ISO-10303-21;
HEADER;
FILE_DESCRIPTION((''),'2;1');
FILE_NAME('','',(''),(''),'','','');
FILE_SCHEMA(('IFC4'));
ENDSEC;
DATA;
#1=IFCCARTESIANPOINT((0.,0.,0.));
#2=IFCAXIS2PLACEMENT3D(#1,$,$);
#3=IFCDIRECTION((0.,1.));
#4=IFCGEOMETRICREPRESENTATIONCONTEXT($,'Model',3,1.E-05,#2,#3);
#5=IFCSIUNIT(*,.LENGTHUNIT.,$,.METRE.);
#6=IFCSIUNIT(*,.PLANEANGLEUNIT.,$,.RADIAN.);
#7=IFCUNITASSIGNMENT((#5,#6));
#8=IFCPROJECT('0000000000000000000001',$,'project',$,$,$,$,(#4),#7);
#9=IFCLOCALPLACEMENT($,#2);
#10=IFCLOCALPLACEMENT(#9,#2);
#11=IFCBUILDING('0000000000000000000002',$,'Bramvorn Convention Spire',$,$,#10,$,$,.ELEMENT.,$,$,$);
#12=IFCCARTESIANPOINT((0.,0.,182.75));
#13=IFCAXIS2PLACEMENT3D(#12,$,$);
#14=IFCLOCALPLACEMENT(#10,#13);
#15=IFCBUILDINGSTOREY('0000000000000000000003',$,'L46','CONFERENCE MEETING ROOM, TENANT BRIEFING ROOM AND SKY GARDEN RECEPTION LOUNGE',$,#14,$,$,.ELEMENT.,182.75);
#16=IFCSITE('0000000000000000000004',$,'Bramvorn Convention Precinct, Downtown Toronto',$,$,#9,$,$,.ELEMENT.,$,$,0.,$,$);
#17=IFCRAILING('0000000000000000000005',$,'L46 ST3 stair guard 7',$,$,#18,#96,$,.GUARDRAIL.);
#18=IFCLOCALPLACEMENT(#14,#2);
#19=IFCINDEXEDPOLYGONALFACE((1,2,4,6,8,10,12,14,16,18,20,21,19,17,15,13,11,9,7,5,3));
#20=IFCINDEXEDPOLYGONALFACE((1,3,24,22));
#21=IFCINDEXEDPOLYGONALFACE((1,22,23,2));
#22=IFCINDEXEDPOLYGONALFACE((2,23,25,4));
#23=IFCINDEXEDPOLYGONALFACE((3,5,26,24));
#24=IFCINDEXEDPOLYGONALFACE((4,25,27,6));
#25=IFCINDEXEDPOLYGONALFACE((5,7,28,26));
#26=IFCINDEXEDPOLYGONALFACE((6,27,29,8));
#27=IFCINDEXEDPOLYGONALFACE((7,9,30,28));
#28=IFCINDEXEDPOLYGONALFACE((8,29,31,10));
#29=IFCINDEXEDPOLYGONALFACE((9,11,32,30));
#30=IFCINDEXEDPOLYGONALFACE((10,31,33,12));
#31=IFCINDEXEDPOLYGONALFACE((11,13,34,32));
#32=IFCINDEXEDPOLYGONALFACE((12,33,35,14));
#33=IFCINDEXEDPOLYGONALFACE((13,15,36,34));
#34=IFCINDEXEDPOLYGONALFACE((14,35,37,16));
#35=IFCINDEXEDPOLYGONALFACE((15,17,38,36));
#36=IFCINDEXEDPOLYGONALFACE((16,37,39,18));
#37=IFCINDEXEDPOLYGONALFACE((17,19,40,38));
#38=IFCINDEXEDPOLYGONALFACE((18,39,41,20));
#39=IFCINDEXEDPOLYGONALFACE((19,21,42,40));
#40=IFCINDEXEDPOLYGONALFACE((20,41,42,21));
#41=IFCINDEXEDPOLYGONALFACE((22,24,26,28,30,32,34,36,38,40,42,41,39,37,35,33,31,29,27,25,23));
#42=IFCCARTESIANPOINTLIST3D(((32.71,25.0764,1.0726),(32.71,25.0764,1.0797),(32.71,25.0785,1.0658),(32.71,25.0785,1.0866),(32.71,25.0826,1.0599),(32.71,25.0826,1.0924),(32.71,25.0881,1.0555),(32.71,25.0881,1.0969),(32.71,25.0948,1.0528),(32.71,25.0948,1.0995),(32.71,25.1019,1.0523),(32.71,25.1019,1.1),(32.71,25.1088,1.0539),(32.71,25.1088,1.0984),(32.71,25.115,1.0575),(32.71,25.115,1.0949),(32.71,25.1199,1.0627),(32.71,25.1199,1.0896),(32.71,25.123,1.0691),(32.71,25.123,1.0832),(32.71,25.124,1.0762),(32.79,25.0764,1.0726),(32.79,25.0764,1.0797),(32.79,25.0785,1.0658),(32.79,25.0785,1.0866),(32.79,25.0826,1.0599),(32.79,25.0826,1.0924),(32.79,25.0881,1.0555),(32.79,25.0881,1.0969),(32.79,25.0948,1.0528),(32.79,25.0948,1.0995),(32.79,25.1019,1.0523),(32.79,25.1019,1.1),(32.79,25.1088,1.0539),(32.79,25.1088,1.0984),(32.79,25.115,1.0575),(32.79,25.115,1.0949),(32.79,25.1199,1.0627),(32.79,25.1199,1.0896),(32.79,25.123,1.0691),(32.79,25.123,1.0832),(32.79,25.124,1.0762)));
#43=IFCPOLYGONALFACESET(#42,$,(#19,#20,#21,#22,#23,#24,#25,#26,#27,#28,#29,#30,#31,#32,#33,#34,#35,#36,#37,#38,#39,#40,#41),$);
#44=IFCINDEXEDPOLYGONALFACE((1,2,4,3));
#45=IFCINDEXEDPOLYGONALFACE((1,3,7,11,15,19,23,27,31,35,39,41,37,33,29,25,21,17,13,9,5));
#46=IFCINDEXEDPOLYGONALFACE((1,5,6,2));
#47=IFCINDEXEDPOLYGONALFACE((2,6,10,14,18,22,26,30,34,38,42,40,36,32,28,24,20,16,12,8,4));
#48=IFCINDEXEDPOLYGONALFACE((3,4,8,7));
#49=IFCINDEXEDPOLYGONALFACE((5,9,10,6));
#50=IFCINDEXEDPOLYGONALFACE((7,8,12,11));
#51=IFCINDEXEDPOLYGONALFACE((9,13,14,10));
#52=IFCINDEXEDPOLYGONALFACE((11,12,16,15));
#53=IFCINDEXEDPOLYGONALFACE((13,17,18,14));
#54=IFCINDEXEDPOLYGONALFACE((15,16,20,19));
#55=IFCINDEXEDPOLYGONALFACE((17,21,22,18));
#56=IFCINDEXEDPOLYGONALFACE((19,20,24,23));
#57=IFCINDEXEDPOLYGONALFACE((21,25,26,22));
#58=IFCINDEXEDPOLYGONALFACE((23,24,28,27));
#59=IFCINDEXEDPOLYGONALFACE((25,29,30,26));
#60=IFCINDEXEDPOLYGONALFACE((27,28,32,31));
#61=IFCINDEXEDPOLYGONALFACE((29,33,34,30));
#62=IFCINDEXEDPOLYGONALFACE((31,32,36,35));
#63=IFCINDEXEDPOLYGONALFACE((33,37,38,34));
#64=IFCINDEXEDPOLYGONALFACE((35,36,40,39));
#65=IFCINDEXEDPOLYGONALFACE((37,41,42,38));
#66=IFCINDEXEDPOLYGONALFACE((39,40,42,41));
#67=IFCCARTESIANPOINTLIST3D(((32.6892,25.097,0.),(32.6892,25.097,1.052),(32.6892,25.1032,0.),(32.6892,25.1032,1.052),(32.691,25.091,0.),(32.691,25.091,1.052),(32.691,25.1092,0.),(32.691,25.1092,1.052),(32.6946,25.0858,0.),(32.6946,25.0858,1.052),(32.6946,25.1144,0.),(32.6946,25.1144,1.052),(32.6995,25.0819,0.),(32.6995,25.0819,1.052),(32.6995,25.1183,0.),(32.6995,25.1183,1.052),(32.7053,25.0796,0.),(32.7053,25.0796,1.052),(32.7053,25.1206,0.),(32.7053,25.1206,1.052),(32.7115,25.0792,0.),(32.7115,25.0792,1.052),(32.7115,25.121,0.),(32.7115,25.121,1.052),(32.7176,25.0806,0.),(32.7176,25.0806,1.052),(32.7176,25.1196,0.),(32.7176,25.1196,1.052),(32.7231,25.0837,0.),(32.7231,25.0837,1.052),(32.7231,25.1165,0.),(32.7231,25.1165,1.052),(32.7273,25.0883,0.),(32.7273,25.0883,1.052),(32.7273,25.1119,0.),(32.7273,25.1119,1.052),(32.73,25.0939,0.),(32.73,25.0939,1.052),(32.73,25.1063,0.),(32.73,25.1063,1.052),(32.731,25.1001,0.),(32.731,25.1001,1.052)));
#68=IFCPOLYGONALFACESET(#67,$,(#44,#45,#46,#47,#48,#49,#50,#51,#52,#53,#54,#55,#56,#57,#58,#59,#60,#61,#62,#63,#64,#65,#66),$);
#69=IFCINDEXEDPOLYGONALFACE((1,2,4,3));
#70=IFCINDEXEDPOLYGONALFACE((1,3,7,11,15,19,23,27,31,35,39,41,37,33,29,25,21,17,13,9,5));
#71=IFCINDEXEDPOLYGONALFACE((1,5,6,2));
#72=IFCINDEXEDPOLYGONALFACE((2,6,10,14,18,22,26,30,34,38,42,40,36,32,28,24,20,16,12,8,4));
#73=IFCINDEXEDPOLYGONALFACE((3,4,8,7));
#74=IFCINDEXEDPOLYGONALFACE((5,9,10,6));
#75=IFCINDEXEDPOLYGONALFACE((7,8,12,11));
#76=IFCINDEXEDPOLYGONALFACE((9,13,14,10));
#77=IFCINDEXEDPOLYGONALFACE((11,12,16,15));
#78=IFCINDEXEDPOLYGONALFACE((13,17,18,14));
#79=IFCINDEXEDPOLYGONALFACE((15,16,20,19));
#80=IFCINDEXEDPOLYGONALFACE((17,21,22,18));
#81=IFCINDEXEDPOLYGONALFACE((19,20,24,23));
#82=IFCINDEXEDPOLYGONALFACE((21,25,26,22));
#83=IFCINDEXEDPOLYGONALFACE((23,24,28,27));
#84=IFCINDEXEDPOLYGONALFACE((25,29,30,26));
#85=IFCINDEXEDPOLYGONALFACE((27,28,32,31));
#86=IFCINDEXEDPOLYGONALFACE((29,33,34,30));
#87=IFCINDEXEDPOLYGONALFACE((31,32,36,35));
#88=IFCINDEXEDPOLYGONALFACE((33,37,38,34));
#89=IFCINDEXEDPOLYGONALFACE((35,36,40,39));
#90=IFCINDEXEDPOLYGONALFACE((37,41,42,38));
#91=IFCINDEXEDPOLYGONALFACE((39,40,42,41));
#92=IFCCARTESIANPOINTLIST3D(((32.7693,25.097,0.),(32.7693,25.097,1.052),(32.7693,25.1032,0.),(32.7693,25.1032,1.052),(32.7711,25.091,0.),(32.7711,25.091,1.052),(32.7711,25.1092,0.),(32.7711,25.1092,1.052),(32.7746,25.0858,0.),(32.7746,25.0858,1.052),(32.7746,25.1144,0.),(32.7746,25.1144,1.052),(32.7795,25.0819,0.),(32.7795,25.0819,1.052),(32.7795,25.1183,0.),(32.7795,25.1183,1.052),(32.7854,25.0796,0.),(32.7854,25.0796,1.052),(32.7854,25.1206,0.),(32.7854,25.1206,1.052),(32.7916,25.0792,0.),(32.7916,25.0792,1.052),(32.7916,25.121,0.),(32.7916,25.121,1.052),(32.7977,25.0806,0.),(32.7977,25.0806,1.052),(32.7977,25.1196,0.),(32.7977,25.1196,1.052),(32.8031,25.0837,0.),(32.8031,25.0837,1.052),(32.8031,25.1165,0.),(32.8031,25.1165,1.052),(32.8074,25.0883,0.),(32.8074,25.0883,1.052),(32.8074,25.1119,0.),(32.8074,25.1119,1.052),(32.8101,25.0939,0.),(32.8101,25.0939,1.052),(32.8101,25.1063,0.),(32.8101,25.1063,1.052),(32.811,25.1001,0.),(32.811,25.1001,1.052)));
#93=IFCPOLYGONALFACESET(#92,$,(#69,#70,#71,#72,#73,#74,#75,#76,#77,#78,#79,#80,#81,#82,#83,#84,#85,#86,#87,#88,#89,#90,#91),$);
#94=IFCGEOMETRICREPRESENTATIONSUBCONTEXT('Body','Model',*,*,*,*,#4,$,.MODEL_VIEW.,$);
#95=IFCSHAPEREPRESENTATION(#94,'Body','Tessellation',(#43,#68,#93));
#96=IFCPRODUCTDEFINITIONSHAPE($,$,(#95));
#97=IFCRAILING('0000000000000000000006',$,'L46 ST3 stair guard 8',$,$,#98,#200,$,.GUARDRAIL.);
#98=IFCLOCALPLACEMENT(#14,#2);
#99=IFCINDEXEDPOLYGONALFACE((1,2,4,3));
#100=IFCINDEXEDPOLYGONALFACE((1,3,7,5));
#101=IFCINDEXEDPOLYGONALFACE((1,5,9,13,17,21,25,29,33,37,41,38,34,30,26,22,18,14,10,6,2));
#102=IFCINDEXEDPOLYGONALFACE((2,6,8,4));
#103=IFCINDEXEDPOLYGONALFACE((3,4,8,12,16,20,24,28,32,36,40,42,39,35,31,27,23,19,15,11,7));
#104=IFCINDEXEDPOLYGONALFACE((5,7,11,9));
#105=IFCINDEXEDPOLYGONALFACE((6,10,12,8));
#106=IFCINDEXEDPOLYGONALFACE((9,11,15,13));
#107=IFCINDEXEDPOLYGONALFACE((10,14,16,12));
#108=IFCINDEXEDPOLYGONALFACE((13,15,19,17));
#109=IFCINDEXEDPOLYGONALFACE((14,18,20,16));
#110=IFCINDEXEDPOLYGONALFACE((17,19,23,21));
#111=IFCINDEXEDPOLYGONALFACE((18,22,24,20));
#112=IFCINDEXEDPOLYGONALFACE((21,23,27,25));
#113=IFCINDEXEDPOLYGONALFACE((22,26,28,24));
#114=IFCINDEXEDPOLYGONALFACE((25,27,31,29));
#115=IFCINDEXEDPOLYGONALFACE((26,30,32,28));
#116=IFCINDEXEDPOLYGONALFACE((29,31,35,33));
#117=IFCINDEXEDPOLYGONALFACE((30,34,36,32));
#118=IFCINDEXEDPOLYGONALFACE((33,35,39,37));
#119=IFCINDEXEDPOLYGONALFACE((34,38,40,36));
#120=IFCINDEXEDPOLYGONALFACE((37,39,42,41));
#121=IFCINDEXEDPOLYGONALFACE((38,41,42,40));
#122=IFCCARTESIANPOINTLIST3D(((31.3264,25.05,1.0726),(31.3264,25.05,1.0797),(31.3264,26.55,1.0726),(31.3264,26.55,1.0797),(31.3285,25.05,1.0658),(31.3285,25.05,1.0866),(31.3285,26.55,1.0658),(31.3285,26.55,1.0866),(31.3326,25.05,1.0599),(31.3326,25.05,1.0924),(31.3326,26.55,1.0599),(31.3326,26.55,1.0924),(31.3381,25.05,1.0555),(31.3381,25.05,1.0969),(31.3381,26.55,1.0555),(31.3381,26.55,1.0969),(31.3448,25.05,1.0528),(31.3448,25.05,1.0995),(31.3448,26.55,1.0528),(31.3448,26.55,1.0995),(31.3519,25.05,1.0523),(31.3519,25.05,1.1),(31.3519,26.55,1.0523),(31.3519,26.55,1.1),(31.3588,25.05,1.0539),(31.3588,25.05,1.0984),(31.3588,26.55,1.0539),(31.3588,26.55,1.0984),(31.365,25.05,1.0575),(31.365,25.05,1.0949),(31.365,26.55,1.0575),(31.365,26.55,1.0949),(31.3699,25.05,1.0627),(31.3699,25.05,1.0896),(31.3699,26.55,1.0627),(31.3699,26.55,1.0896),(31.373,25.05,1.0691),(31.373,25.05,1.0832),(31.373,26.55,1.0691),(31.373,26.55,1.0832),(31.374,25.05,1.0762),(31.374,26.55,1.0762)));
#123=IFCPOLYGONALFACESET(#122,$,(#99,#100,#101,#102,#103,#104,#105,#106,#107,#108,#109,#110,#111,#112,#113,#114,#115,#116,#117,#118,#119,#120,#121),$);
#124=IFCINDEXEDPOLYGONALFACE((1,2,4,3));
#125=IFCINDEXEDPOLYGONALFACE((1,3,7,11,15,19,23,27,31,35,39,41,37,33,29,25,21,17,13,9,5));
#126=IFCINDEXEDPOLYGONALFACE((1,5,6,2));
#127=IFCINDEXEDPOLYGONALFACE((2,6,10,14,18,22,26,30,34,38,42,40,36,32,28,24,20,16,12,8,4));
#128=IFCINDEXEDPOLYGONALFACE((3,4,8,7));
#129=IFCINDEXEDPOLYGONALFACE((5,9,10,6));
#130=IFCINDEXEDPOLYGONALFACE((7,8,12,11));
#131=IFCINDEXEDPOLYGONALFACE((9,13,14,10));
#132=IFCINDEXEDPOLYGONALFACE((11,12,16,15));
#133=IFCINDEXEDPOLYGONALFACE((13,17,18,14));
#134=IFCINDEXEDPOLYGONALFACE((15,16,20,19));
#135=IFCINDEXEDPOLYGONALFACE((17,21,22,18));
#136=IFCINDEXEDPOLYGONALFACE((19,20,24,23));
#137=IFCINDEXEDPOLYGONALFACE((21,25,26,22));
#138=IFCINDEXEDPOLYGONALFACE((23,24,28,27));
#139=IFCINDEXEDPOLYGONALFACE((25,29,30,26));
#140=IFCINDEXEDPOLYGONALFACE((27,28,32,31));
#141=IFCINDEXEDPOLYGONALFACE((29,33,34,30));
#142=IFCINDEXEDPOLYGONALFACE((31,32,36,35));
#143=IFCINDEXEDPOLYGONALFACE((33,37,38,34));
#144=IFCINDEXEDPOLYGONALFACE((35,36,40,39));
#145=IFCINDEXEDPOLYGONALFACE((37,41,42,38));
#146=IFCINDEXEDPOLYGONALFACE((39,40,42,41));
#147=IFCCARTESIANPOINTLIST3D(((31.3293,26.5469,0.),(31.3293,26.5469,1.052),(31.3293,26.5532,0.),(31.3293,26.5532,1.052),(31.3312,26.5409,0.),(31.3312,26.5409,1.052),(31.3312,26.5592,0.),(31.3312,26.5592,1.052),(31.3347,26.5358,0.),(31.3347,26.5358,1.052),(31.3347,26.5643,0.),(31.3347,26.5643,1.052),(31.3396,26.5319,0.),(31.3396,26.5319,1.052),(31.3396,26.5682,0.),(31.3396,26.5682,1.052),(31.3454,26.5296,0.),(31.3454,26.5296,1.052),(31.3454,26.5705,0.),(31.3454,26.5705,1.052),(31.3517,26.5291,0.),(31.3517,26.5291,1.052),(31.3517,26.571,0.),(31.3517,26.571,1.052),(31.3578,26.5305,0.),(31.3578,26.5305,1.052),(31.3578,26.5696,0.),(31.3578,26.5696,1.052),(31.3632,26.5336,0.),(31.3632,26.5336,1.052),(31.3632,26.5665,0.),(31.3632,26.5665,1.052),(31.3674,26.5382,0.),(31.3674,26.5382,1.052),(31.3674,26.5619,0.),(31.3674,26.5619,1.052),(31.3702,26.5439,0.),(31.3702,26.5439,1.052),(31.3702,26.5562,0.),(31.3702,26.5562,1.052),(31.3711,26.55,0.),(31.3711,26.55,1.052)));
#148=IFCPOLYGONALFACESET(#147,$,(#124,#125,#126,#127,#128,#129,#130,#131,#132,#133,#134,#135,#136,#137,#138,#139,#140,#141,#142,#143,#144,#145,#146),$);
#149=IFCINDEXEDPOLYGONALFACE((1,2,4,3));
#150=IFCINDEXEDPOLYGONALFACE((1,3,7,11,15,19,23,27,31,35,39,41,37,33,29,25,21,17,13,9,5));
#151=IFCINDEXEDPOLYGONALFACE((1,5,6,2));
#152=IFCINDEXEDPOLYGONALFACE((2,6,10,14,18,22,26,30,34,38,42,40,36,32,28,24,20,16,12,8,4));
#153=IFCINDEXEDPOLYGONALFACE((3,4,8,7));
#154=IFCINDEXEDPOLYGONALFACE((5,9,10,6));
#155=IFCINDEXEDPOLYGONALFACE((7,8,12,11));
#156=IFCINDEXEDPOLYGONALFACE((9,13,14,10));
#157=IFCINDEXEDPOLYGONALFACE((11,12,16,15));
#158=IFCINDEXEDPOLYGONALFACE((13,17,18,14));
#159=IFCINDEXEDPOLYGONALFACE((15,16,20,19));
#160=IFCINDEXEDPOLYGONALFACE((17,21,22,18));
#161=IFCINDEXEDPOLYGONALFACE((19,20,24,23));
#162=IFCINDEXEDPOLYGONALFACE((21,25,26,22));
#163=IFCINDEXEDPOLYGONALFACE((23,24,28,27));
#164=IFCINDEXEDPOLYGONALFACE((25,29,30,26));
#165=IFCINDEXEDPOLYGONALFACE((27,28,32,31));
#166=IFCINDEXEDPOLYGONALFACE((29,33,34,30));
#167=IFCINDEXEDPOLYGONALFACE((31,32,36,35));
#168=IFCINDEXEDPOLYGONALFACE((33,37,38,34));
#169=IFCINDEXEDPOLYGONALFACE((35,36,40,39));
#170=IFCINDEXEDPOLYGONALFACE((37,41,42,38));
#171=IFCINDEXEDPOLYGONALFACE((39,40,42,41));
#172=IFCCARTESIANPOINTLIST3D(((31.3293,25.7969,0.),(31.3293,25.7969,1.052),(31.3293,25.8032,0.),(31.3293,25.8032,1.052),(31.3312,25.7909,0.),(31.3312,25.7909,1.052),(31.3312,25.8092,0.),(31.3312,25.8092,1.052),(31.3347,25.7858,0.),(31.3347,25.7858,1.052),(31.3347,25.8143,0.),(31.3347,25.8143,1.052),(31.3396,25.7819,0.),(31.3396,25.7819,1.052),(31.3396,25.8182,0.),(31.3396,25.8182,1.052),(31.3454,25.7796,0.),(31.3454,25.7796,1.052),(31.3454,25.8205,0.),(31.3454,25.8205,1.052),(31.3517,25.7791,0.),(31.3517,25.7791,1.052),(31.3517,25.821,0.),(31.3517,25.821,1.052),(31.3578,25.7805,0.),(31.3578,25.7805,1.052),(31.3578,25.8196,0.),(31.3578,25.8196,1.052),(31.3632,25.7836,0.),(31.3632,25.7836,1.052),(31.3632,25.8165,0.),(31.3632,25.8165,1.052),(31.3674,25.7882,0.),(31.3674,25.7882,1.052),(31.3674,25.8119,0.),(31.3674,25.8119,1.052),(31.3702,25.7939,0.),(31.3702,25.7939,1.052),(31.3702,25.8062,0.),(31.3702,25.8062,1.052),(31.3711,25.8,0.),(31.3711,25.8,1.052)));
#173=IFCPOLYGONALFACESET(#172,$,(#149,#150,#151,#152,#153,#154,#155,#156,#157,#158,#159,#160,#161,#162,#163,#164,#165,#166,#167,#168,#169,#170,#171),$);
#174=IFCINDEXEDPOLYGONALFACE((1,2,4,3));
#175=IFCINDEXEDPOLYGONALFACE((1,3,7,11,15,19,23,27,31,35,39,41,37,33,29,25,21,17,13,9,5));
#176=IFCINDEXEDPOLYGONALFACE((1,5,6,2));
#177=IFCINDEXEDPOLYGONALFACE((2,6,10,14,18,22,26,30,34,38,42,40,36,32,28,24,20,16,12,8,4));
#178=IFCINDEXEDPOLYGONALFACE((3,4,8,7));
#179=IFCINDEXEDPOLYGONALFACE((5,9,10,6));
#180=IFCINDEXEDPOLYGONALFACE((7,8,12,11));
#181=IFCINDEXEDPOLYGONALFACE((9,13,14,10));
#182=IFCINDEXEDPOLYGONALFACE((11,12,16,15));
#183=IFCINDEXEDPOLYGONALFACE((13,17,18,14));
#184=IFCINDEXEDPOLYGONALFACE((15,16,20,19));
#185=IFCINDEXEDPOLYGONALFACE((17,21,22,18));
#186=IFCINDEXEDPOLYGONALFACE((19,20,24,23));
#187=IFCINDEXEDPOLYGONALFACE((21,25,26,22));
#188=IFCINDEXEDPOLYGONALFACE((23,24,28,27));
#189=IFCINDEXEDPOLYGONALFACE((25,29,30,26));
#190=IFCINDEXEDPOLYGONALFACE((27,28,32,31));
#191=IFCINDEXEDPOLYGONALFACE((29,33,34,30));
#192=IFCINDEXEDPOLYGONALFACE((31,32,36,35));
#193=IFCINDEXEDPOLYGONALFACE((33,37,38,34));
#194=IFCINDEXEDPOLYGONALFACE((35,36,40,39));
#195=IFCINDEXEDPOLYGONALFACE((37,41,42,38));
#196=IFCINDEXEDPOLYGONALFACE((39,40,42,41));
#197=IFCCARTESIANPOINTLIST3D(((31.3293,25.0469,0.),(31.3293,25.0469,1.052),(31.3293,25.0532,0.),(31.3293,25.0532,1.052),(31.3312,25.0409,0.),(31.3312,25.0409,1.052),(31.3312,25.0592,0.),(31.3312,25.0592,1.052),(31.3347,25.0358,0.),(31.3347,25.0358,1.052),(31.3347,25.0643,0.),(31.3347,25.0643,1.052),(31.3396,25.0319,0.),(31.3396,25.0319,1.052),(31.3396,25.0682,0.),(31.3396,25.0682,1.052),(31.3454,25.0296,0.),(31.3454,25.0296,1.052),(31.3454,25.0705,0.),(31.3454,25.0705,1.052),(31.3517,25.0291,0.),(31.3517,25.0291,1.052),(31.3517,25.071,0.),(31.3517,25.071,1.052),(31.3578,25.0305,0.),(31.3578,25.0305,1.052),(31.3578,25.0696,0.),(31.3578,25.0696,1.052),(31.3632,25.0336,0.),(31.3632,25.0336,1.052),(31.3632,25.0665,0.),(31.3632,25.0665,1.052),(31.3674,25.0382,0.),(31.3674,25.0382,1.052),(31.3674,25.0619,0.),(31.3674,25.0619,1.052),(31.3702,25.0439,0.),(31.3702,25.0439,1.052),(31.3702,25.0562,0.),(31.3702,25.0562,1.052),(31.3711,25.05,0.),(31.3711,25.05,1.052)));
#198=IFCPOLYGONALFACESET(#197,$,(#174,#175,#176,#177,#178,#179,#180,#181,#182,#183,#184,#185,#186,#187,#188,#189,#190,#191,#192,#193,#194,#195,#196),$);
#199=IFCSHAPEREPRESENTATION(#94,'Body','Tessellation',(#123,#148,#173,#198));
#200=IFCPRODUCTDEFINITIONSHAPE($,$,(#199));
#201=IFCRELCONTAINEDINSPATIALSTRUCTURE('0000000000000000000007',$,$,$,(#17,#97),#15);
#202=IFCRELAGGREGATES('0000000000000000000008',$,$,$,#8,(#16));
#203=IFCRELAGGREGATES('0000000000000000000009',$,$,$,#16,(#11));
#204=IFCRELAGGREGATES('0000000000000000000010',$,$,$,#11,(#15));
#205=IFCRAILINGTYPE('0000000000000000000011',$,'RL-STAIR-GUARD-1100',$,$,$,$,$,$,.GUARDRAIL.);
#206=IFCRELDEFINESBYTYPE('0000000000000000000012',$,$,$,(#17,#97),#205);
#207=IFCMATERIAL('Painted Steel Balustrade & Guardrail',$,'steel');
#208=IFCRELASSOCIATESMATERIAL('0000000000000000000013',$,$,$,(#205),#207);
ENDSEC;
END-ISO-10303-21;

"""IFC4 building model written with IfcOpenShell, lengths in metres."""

from ifc_helpers import new_model, si_unit, direction, frame, origin, origin_2d, place, context, subcontext, project, spatial, circle, extrude, material, type_object, element, save


model = new_model("IFC4")

# Units and contexts
model_context = context("Model", 3, precision=1e-05, world=origin(), true_north=direction((0.0, 1.0)))
body_context = subcontext(model_context, "Body", "Model", "MODEL_VIEW")
ifc_project = project(units=[si_unit("LENGTHUNIT", "METRE"), si_unit("PLANEANGLEUNIT", "RADIAN")], contexts=[model_context])

# Site, building, storey
site_placement = place(None, origin())
site = spatial("IfcSite", under=ifc_project, at=site_placement, Name="Bramvorn Convention Precinct, Downtown Toronto", CompositionType="ELEMENT", RefElevation=0.0)
building_placement = place(site_placement, origin())
building = spatial("IfcBuilding", under=site, at=building_placement, Name="Bramvorn Convention Spire", CompositionType="ELEMENT")
storey_placement = place(building_placement, frame((0.0, 0.0, 182.75)))
storey = spatial("IfcBuildingStorey", under=building, at=storey_placement, Name="L46", Description="CONFERENCE MEETING ROOM, TENANT BRIEFING ROOM AND SKY GARDEN RECEPTION LOUNGE", CompositionType="ELEMENT", Elevation=182.75)

# Railings
ifc_material_1 = material(Name="Painted Steel Balustrade & Guardrail", Category="steel")
railing_type = type_object("IfcRailingType", Name="RL-STAIR-GUARD-1100", PredefinedType="GUARDRAIL", material=ifc_material_1)
railing_1_placement = place(storey_placement, frame((32.71, 25.1001, 0.0)))
element("IfcRailing", 1, at=railing_1_placement, inside=storey, type_object=railing_type, Name="L46 ST3 stair guard 7", PredefinedType="GUARDRAIL", context=body_context, shape_type="SweptSolid", body=[
    extrude(circle(Radius=0.0239, at=origin_2d()), frame((0.0, 0.0, 1.0762), z_axis=(1.0, 0.0, 0.0), x_axis=(0.0, 1.0, 0.0)), (0.0, 0.0, 1.0), 0.0801),
    extrude(circle(Radius=0.021, at=origin_2d()), origin(), (0.0, 0.0, 1.0), 1.052),
    extrude(circle(Radius=0.021, at=origin_2d()), frame((0.0801, 0.0, 0.0)), (0.0, 0.0, 1.0), 1.052),
])
for number, where, name in (
    (2, (31.3501, 26.55, 0.0), "L46 ST3 stair guard 8"),
):
    element("IfcRailing", number, at=place(storey_placement, frame(where)), inside=storey, type_object=railing_type, Name=name, PredefinedType="GUARDRAIL", context=body_context, shape_type="SweptSolid", body=[
        extrude(circle(Radius=0.0239, at=origin_2d()), frame((0.0, 0.0, 1.0762), z_axis=(0.0, -1.0, 0.0), x_axis=(1.0, 0.0, 0.0)), (0.0, 0.0, 1.0), 1.5),
        extrude(circle(Radius=0.021, at=origin_2d()), origin(), (0.0, 0.0, 1.0), 1.052),
        extrude(circle(Radius=0.021, at=origin_2d()), frame((0.0, -0.75, 0.0)), (0.0, 0.0, 1.0), 1.052),
        extrude(circle(Radius=0.021, at=origin_2d()), frame((0.0, -1.5, 0.0)), (0.0, 0.0, 1.0), 1.052),
    ])

save(model, "model.ifc")
